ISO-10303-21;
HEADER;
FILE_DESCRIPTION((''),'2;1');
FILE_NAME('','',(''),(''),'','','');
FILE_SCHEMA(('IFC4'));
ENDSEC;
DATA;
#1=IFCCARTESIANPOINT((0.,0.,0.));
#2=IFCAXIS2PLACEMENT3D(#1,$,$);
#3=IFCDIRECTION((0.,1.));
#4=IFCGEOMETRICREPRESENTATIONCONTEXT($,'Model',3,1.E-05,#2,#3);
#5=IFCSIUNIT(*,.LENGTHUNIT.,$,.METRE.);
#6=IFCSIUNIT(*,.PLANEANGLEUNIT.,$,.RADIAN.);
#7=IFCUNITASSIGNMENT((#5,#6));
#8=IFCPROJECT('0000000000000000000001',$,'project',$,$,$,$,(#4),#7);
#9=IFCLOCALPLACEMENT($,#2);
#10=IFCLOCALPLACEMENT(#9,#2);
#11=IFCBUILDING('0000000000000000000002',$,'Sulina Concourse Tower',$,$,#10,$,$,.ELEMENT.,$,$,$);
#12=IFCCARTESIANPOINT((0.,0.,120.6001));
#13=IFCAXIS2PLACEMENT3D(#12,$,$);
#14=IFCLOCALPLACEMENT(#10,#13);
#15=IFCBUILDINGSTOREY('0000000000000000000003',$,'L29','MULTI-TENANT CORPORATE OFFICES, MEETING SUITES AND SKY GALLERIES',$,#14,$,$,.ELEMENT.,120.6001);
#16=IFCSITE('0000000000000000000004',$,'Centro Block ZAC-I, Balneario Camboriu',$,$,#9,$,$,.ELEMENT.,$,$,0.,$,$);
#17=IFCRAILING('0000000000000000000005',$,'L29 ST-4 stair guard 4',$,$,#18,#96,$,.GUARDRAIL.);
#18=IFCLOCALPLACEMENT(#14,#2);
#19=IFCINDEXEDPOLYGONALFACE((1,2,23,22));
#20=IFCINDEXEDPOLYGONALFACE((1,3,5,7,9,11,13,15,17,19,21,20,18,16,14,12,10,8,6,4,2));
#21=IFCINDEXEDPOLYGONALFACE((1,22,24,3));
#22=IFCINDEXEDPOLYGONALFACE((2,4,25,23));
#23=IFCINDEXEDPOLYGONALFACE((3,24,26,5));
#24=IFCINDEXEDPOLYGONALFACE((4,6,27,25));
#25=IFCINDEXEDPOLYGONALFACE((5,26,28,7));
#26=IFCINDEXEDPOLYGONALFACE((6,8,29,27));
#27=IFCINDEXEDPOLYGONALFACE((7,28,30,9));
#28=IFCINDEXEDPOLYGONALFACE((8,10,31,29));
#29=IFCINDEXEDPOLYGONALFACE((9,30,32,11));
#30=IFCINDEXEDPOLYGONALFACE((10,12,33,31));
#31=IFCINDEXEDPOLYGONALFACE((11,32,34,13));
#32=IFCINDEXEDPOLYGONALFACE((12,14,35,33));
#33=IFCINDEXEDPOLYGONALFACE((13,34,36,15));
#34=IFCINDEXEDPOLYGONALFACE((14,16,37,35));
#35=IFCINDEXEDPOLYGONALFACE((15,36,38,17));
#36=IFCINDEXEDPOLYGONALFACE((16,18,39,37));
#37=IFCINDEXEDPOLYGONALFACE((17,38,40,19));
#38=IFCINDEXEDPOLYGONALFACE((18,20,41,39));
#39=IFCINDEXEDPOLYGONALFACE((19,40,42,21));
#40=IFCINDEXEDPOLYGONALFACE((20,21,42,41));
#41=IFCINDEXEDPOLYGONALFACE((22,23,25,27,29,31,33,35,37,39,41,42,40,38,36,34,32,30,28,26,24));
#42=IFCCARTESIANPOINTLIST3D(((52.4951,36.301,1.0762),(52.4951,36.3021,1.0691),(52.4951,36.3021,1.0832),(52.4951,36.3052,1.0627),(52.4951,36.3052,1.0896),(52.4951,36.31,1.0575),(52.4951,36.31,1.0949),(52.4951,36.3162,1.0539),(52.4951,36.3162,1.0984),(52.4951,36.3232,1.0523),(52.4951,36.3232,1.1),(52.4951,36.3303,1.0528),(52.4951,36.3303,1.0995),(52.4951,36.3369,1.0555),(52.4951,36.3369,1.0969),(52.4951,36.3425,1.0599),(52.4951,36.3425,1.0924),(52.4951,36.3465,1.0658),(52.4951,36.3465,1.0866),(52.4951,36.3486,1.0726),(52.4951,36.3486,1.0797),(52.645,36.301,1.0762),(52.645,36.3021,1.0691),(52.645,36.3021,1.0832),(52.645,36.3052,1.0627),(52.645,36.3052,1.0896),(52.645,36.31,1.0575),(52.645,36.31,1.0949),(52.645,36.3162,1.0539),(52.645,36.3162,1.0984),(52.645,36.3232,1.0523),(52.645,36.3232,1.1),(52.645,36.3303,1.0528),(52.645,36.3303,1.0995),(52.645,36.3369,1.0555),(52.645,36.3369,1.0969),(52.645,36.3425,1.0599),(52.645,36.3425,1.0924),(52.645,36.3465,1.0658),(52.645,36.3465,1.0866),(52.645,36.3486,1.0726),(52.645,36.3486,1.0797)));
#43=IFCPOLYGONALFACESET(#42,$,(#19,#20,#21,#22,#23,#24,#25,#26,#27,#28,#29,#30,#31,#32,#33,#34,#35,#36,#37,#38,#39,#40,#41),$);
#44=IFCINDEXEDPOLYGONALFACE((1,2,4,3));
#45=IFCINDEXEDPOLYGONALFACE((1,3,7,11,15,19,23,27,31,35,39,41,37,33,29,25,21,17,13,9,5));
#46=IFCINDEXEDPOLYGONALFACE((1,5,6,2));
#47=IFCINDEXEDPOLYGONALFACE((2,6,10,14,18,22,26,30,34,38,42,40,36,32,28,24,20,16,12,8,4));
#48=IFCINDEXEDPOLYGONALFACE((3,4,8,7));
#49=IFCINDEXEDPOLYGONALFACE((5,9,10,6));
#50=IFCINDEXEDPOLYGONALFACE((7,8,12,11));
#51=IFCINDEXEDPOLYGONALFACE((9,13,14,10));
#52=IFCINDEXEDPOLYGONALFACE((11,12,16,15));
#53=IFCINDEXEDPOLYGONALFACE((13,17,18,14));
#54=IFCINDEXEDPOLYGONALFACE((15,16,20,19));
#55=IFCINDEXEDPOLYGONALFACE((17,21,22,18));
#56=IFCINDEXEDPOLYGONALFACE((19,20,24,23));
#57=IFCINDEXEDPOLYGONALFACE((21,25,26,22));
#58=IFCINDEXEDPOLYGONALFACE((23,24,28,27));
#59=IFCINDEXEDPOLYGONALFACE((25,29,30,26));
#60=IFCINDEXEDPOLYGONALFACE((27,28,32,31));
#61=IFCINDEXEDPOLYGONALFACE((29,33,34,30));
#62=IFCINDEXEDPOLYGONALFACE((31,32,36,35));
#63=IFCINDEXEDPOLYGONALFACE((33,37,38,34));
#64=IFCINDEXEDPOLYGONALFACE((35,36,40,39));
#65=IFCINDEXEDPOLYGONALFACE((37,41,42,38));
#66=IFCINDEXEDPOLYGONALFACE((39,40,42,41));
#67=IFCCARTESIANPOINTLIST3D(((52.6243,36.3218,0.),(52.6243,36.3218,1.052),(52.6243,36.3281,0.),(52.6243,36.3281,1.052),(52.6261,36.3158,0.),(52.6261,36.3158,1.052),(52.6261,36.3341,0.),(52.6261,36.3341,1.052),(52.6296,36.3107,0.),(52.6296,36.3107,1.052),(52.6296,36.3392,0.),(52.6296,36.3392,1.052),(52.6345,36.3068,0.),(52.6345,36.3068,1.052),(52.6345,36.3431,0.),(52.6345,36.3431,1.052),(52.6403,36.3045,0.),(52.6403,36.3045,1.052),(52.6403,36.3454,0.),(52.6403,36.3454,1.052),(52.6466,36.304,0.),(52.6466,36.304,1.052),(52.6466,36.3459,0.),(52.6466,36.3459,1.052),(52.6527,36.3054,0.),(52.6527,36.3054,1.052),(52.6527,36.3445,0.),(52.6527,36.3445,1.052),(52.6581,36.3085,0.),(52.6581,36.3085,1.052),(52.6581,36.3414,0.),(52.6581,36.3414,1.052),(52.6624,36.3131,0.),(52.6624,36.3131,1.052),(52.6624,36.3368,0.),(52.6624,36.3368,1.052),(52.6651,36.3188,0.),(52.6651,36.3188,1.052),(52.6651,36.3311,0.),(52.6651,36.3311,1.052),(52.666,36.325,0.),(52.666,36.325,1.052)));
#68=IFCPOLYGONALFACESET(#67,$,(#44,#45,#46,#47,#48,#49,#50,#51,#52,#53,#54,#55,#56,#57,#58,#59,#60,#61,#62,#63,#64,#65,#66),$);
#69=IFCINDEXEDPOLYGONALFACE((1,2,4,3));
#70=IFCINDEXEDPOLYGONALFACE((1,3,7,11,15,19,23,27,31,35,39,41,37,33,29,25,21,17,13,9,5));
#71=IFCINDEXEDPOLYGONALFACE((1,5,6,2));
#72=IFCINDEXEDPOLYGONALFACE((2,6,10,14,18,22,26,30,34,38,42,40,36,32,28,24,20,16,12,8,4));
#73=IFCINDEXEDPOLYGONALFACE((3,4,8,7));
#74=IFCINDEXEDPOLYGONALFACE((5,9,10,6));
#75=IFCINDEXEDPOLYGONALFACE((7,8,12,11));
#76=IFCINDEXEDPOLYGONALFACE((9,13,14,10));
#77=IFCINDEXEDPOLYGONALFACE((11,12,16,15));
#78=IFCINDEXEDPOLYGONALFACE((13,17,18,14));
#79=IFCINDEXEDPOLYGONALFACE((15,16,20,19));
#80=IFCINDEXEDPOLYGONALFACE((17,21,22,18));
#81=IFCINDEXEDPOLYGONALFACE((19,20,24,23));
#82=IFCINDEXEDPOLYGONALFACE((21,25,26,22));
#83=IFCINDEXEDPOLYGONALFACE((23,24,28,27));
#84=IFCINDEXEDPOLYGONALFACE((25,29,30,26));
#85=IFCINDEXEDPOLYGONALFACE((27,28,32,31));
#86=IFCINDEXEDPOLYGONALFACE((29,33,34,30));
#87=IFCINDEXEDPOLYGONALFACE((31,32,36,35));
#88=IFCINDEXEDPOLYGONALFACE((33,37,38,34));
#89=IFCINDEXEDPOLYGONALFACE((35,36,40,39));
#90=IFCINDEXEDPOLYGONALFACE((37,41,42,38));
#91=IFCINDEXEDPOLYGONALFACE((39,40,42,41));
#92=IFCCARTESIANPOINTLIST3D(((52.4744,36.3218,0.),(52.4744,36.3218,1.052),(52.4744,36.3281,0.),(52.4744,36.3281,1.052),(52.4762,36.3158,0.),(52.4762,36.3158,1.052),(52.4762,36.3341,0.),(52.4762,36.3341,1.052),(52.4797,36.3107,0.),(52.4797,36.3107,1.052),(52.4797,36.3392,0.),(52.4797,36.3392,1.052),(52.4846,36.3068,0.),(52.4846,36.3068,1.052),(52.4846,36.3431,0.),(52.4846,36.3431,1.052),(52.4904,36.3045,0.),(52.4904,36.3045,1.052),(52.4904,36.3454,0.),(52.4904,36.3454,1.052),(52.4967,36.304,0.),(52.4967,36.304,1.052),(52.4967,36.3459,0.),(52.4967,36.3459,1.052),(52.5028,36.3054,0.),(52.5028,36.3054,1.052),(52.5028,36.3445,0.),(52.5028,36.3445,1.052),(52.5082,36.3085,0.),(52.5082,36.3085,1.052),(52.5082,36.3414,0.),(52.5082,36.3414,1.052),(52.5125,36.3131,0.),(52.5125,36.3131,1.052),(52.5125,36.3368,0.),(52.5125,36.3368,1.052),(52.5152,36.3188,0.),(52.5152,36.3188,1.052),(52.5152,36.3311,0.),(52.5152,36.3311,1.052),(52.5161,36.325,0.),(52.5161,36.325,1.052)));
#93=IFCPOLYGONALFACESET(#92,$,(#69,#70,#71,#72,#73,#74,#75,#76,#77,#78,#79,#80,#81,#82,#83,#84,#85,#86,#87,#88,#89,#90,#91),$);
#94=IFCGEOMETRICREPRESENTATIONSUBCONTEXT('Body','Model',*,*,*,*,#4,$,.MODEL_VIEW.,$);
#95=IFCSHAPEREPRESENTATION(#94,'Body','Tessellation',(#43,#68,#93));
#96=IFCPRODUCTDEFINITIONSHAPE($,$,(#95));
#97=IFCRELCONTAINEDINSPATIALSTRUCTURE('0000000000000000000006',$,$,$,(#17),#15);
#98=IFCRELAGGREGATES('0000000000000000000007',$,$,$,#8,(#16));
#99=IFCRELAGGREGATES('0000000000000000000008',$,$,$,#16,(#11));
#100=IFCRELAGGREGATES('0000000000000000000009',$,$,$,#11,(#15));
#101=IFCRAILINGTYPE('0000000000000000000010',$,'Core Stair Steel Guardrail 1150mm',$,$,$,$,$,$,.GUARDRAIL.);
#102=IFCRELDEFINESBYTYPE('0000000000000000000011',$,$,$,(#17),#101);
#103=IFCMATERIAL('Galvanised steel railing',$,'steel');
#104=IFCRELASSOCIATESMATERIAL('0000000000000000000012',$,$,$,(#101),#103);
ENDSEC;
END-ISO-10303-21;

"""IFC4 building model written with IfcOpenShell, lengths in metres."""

from ifc_helpers import new_model, si_unit, direction, frame, origin, origin_2d, place, context, subcontext, project, spatial, circle, extrude, material, type_object, element, save


model = new_model("IFC4")

# Units and contexts
model_context = context("Model", 3, precision=1e-05, world=origin(), true_north=direction((0.0, 1.0)))
body_context = subcontext(model_context, "Body", "Model", "MODEL_VIEW")
ifc_project = project(units=[si_unit("LENGTHUNIT", "METRE"), si_unit("PLANEANGLEUNIT", "RADIAN")], contexts=[model_context])

# Site, building, storey
site_placement = place(None, origin())
site = spatial("IfcSite", under=ifc_project, at=site_placement, Name="Centro Block ZAC-I, Balneario Camboriu", CompositionType="ELEMENT", RefElevation=0.0)
building_placement = place(site_placement, origin())
building = spatial("IfcBuilding", under=site, at=building_placement, Name="Sulina Concourse Tower", CompositionType="ELEMENT")
storey_placement = place(building_placement, frame((0.0, 0.0, 120.6001)))
storey = spatial("IfcBuildingStorey", under=building, at=storey_placement, Name="L29", Description="MULTI-TENANT CORPORATE OFFICES, MEETING SUITES AND SKY GALLERIES", CompositionType="ELEMENT", Elevation=120.6001)

# Railing
ifc_material_1 = material(Name="Galvanised steel railing", Category="steel")
railing_type_1 = type_object("IfcRailingType", Name="Core Stair Steel Guardrail 1150mm", PredefinedType="GUARDRAIL", material=ifc_material_1)
railing_1_placement = place(storey_placement, frame((52.645, 36.325, 0.0)))
element("IfcRailing", 1, at=railing_1_placement, inside=storey, type_object=railing_type_1, Name="L29 ST-4 stair guard 4", PredefinedType="GUARDRAIL", context=body_context, shape_type="SweptSolid", body=[
    extrude(circle(Radius=0.0239, at=origin_2d()), frame((0.0, 0.0, 1.0762), z_axis=(-1.0, 0.0, 0.0), x_axis=(0.0, -1.0, 0.0)), (0.0, 0.0, 1.0), 0.1499),
    extrude(circle(Radius=0.021, at=origin_2d()), origin(), (0.0, 0.0, 1.0), 1.052),
    extrude(circle(Radius=0.021, at=origin_2d()), frame((-0.1499, 0.0, 0.0)), (0.0, 0.0, 1.0), 1.052),
])

save(model, "model.ifc")
